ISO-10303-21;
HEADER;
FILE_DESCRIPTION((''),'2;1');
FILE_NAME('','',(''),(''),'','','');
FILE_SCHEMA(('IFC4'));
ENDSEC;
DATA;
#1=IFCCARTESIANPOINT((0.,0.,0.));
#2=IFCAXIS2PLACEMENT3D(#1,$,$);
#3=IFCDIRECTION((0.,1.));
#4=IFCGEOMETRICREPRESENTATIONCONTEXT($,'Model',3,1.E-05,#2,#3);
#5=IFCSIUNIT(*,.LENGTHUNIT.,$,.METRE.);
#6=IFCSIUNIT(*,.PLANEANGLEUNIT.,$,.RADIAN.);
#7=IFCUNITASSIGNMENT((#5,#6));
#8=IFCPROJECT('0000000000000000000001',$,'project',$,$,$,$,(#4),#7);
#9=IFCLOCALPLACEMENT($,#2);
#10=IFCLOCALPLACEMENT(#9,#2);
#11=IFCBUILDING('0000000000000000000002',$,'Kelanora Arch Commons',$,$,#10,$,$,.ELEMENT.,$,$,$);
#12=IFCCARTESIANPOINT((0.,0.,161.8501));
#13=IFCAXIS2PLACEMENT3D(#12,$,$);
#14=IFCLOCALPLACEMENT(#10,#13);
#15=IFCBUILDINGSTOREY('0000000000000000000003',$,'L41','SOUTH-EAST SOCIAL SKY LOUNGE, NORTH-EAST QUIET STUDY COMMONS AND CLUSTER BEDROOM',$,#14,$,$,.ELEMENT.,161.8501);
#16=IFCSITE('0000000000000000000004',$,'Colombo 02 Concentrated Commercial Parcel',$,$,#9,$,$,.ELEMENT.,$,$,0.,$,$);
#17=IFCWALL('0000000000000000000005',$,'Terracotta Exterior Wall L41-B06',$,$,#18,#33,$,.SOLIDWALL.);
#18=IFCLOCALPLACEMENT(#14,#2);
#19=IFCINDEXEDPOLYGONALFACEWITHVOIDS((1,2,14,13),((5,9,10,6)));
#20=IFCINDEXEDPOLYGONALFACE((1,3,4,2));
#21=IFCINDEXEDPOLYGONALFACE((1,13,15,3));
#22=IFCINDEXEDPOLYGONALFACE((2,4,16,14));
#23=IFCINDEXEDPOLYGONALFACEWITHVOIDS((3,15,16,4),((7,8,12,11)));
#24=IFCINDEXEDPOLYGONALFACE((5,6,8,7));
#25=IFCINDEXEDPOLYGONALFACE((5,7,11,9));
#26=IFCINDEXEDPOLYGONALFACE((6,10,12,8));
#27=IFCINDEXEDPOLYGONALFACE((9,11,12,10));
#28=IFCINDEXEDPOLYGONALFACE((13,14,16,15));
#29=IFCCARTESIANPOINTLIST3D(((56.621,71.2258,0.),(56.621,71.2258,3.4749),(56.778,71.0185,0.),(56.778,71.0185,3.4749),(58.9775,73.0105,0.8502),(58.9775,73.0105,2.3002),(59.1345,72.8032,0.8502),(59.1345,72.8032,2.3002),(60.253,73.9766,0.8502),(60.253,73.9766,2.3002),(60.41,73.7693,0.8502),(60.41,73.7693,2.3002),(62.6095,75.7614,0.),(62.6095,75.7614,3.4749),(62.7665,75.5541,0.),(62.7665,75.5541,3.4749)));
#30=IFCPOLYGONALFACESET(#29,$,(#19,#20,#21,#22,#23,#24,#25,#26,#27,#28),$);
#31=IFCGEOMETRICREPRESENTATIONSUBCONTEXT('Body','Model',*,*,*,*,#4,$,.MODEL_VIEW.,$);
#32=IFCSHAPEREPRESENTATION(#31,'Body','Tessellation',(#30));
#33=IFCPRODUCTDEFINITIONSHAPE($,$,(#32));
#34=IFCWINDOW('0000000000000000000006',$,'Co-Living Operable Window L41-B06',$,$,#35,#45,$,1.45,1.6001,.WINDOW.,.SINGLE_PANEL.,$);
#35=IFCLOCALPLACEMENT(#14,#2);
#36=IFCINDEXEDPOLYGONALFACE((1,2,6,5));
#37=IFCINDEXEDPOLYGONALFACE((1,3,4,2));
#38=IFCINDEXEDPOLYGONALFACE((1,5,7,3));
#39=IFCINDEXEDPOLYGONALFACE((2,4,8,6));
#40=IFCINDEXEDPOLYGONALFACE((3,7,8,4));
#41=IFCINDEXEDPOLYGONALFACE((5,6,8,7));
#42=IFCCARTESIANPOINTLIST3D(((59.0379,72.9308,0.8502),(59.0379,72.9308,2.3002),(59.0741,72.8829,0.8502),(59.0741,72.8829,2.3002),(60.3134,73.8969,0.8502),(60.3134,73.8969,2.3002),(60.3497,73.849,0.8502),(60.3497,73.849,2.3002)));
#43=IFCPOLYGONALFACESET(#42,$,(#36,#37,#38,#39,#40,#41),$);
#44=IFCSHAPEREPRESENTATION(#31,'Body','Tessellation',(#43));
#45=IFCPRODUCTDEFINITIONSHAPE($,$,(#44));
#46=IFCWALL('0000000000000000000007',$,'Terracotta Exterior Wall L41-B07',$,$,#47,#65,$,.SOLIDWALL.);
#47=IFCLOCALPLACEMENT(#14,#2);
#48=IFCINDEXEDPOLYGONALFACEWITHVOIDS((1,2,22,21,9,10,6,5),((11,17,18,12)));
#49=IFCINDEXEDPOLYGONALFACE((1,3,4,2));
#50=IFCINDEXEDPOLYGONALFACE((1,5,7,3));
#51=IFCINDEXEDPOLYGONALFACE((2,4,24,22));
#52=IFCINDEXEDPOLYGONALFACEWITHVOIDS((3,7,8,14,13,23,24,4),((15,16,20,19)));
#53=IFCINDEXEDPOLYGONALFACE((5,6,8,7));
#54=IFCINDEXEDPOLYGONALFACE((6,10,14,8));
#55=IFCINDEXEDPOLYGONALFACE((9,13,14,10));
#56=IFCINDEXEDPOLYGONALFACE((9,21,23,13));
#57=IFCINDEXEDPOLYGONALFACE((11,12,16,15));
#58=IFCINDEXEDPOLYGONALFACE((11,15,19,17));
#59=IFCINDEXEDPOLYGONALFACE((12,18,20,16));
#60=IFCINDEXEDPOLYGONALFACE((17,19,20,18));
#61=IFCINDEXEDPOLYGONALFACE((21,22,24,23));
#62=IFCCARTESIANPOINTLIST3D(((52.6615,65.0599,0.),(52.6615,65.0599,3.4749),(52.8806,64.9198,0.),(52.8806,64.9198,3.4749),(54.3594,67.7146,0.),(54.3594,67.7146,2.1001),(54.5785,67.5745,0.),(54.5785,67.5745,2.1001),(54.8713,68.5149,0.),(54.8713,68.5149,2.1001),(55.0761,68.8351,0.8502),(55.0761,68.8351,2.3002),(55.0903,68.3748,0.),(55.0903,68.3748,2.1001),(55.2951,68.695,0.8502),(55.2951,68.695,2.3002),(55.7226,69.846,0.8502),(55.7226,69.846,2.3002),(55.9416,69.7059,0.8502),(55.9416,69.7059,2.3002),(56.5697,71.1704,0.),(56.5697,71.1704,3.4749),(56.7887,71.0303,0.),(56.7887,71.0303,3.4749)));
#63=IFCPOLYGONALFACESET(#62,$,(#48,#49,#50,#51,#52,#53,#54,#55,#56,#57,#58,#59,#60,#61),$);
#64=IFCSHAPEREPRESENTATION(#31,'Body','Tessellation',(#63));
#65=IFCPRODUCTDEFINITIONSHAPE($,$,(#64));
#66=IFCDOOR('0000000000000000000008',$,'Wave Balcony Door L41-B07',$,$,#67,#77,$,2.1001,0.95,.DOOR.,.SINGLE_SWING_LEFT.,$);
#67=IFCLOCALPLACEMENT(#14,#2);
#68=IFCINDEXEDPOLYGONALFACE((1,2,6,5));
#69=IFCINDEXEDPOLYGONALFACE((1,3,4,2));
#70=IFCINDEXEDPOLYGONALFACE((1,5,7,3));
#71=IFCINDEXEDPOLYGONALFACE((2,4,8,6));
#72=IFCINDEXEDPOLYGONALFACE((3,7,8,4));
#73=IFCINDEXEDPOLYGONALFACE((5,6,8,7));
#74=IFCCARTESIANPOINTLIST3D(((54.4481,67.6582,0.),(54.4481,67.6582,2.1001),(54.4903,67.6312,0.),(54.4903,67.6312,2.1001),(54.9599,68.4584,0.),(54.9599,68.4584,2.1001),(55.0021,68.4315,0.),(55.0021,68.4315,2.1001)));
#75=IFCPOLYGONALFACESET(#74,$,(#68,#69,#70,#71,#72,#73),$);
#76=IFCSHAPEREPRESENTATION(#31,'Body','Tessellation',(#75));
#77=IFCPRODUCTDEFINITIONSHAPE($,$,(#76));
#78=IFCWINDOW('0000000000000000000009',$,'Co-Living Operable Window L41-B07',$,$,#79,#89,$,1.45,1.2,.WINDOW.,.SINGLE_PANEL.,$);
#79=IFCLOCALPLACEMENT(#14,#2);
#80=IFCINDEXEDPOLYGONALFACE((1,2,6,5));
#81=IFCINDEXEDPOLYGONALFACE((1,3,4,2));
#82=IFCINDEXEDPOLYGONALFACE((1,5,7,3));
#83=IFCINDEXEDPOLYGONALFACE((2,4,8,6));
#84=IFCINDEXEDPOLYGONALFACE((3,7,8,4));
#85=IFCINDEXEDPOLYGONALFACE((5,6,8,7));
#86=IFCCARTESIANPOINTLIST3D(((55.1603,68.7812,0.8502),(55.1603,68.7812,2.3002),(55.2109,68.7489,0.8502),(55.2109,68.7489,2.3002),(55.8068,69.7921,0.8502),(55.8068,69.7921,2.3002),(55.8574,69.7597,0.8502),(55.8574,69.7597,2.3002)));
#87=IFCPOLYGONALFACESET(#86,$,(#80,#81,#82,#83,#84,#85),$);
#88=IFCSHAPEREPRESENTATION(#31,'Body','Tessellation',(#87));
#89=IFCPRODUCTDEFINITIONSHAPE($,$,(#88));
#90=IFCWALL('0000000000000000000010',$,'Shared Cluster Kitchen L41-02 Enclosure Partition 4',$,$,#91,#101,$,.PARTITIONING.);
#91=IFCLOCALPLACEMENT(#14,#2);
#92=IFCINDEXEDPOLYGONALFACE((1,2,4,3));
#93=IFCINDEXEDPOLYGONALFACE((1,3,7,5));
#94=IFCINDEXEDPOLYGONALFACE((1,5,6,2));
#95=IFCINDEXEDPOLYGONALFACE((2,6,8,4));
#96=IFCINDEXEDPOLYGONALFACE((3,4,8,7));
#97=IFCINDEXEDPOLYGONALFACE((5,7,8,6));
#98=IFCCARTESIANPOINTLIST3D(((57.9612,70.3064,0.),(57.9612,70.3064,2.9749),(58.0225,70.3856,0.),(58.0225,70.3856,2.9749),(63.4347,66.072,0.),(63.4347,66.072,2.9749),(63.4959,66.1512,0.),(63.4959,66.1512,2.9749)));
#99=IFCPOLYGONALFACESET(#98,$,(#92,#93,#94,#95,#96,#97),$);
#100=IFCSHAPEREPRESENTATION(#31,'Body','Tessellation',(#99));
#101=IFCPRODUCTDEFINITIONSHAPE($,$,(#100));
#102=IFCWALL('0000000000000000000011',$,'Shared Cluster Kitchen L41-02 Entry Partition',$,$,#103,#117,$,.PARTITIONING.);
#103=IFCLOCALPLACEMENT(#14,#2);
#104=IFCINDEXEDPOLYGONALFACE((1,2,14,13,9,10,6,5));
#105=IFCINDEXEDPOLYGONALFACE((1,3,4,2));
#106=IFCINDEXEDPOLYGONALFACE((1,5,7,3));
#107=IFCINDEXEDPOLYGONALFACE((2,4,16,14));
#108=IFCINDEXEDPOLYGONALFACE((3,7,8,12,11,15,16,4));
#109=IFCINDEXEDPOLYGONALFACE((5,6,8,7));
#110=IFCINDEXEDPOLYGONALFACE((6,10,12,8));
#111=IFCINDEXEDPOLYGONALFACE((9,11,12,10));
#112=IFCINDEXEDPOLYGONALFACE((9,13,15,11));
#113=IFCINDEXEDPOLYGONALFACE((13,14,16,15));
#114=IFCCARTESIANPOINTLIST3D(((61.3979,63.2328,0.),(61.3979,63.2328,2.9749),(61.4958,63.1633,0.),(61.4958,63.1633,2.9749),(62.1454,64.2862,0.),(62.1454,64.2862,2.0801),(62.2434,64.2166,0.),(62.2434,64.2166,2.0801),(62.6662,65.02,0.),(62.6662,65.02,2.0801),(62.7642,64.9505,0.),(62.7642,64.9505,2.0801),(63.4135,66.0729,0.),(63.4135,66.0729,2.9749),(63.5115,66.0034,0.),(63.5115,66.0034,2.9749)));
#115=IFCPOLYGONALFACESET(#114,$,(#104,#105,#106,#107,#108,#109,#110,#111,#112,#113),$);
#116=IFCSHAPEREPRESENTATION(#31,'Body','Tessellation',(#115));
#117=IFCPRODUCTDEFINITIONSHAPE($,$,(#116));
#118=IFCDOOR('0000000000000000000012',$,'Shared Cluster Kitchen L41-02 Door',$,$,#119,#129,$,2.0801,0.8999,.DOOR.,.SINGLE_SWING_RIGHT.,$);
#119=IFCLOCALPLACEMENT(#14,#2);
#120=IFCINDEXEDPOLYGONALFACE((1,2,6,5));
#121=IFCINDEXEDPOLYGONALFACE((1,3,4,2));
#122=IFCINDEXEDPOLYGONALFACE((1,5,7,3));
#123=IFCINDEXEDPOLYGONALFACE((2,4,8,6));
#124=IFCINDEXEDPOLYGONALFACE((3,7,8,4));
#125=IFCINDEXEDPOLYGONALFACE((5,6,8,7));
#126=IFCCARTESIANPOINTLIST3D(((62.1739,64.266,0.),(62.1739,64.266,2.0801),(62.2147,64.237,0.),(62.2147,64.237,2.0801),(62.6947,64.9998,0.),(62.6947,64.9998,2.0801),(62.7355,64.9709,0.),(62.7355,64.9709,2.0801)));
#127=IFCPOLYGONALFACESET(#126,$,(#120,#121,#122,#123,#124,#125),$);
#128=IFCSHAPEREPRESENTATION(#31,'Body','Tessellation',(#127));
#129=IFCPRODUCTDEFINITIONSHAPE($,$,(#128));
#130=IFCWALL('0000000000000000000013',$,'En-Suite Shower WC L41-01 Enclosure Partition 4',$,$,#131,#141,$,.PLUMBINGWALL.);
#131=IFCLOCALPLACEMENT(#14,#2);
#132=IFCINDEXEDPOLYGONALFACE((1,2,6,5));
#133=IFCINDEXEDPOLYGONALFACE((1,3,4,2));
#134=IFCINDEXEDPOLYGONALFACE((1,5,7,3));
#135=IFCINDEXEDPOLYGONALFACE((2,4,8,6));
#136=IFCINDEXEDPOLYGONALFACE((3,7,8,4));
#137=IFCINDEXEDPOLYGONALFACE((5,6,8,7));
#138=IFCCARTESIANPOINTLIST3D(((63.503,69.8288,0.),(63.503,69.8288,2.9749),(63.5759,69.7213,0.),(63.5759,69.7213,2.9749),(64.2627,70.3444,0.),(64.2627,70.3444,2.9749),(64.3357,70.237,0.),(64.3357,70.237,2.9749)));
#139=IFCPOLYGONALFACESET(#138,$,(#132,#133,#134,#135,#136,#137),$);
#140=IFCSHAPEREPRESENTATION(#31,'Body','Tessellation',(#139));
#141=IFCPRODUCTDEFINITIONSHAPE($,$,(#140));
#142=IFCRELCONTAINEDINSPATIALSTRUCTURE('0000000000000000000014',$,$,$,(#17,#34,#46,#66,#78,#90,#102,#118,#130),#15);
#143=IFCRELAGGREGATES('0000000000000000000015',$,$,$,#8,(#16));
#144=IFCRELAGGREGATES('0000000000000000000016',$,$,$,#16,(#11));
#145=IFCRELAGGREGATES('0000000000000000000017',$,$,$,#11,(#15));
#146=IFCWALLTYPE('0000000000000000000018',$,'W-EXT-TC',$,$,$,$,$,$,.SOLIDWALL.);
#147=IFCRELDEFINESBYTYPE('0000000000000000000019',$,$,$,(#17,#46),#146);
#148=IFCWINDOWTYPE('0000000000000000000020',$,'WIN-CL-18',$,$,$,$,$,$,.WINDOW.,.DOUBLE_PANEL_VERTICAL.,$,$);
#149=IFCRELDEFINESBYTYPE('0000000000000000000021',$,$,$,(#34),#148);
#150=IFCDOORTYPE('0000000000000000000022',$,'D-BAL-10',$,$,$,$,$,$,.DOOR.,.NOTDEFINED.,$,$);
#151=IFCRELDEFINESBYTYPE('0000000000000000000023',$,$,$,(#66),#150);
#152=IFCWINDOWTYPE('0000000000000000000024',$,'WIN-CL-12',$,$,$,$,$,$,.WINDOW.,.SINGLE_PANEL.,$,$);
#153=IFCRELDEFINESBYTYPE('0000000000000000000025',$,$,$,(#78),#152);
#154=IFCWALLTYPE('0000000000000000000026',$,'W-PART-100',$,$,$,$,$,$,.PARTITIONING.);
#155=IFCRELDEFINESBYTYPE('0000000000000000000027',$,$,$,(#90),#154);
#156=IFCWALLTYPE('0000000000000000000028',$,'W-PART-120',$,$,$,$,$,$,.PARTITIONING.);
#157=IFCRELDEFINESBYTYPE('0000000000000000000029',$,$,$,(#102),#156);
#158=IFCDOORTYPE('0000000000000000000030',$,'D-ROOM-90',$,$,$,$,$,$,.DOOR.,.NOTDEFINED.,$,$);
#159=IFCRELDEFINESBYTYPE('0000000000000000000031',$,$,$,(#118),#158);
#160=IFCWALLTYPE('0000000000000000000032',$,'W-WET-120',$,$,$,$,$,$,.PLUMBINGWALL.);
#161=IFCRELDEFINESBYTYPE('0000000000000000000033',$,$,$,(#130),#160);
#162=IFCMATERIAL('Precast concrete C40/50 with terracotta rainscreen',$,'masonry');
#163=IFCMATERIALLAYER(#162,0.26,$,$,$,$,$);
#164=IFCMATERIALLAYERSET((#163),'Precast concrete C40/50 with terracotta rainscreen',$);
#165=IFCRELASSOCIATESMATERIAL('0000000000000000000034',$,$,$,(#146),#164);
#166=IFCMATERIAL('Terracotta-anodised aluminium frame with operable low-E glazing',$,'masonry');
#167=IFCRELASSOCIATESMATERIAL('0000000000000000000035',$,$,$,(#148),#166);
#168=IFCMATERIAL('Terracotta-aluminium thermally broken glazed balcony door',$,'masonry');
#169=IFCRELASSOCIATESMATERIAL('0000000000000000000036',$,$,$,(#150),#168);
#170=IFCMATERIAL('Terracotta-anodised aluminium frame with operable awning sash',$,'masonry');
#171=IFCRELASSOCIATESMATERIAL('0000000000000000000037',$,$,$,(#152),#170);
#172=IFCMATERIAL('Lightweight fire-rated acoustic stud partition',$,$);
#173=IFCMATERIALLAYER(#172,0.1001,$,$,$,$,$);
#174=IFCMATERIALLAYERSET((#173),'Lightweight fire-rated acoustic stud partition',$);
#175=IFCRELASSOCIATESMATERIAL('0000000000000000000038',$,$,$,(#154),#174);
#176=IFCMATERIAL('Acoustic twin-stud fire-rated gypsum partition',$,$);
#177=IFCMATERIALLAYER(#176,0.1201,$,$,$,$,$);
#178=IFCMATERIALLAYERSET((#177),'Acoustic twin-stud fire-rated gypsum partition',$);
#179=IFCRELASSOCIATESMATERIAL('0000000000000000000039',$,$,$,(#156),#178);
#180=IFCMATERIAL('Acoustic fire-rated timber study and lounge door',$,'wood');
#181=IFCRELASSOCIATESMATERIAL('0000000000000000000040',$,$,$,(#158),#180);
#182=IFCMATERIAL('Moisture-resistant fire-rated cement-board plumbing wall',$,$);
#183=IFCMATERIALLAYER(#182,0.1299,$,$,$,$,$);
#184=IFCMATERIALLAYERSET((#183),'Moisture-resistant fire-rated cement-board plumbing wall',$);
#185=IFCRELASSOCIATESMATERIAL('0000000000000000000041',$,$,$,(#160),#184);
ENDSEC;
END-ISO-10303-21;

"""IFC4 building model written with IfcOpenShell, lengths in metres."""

from ifc_helpers import new_model, si_unit, direction, frame, frame_2d, origin, place, context, subcontext, project, spatial, rectangle, extrude, material, layer, layer_set, type_object, element, fill, save


model = new_model("IFC4")

# Units and contexts
model_context = context("Model", 3, precision=1e-05, world=origin(), true_north=direction((0.0, 1.0)))
body_context = subcontext(model_context, "Body", "Model", "MODEL_VIEW")
ifc_project = project(units=[si_unit("LENGTHUNIT", "METRE"), si_unit("PLANEANGLEUNIT", "RADIAN")], contexts=[model_context])

# Site, building, storey
site_placement = place(None, origin())
site = spatial("IfcSite", under=ifc_project, at=site_placement, Name="Colombo 02 Concentrated Commercial Parcel", CompositionType="ELEMENT", RefElevation=0.0)
building_placement = place(site_placement, origin())
building = spatial("IfcBuilding", under=site, at=building_placement, Name="Kelanora Arch Commons", CompositionType="ELEMENT")
storey_placement = place(building_placement, frame((0.0, 0.0, 161.8501)))
storey = spatial("IfcBuildingStorey", under=building, at=storey_placement, Name="L41", Description="SOUTH-EAST SOCIAL SKY LOUNGE, NORTH-EAST QUIET STUDY COMMONS AND CLUSTER BEDROOM", CompositionType="ELEMENT", Elevation=161.8501)

# Wall, opening, window
ifc_material_1 = material(Name="Precast concrete C40/50 with terracotta rainscreen", Category="masonry")
ifc_layer_1 = layer(ifc_material_1, 0.26)
ifc_layer_set_1 = layer_set([ifc_layer_1], Name="Precast concrete C40/50 with terracotta rainscreen")
wall_type_1 = type_object("IfcWallType", Name="W-EXT-TC", PredefinedType="SOLIDWALL", material=ifc_layer_set_1)
wall_1_placement = place(storey_placement, frame((62.688, 75.6577, 0.0), z_axis=(0.0, 0.0, 1.0), x_axis=(-0.797164, -0.603763, 0.0)))
wall_1 = element("IfcWall", 1, at=wall_1_placement, inside=storey, type_object=wall_type_1, Name="Terracotta Exterior Wall L41-B06", PredefinedType="SOLIDWALL", context=body_context, shape_type="SweptSolid", body=[
    extrude(rectangle(XDim=7.5122, YDim=0.26, at=frame_2d((3.7561, 0.0))), origin(), (0.0, 0.0, 1.0), 3.4749),
])
opening_1_placement = place(wall_1_placement, frame((2.9561, 0.0, 0.8501)))
opening_1 = element("IfcOpeningElement", 2, at=opening_1_placement, cuts=wall_1, PredefinedType="OPENING", context=body_context, shape_type="SweptSolid", body=[
    extrude(rectangle(XDim=1.6001, YDim=1.45, at=frame_2d((0.8, 0.7251))), frame((0.0, 0.1401, 0.0), z_axis=(0.0, -1.0, 0.0), x_axis=(1.0, 0.0, 0.0)), (0.0, 0.0, 1.0), 0.28),
])
ifc_material_2 = material(Name="Terracotta-anodised aluminium frame with operable low-E glazing", Category="masonry")
window_type_1 = type_object("IfcWindowType", Name="WIN-CL-18", PartitioningType="DOUBLE_PANEL_VERTICAL", PredefinedType="WINDOW", material=ifc_material_2)
window_1_placement = place(opening_1_placement, origin())
window_1 = element("IfcWindow", 3, at=window_1_placement, inside=storey, type_object=window_type_1, Name="Co-Living Operable Window L41-B06", OverallHeight=1.45, OverallWidth=1.6001, PartitioningType="SINGLE_PANEL", PredefinedType="WINDOW", context=body_context, shape_type="SweptSolid", body=[
    extrude(rectangle(XDim=1.6001, YDim=1.45, at=frame_2d((0.8, 0.7251))), frame((0.0, 0.03, 0.0), z_axis=(0.0, -1.0, 0.0), x_axis=(1.0, 0.0, 0.0)), (0.0, 0.0, 1.0), 0.0601),
])
fill(opening_1, window_1)

# Wall, openings, door, window
wall_2_placement = place(storey_placement, frame((56.6792, 71.1003, 0.0), z_axis=(0.0, 0.0, 1.0), x_axis=(-0.538802, -0.842433, 0.0)))
wall_2 = element("IfcWall", 4, at=wall_2_placement, inside=storey, type_object=wall_type_1, Name="Terracotta Exterior Wall L41-B07", PredefinedType="SOLIDWALL", context=body_context, shape_type="SweptSolid", body=[
    extrude(rectangle(XDim=7.2534, YDim=0.26, at=frame_2d((3.6267, 0.0))), origin(), (0.0, 0.0, 1.0), 3.4749),
])
opening_2_placement = place(wall_2_placement, frame((3.1521, 0.0, 0.0)))
opening_2 = element("IfcOpeningElement", 5, at=opening_2_placement, cuts=wall_2, PredefinedType="OPENING", context=body_context, shape_type="SweptSolid", body=[
    extrude(rectangle(XDim=0.95, YDim=2.1001, at=frame_2d((0.4751, 1.05))), frame((0.0, 0.1401, 0.0), z_axis=(0.0, -1.0, 0.0), x_axis=(1.0, 0.0, 0.0)), (0.0, 0.0, 1.0), 0.28),
])
opening_3_placement = place(wall_2_placement, frame((1.572, 0.0, 0.8501)))
opening_3 = element("IfcOpeningElement", 6, at=opening_3_placement, cuts=wall_2, PredefinedType="OPENING", context=body_context, shape_type="SweptSolid", body=[
    extrude(rectangle(XDim=1.2, YDim=1.45, at=frame_2d((0.6001, 0.7251))), frame((0.0, 0.1401, 0.0), z_axis=(0.0, -1.0, 0.0), x_axis=(1.0, 0.0, 0.0)), (0.0, 0.0, 1.0), 0.28),
])
ifc_material_3 = material(Name="Terracotta-aluminium thermally broken glazed balcony door", Category="masonry")
door_type_1 = type_object("IfcDoorType", Name="D-BAL-10", OperationType="NOTDEFINED", PredefinedType="DOOR", material=ifc_material_3)
door_1_placement = place(opening_2_placement, frame((0.95, 0.0, 0.0), z_axis=(0.0, 0.0, 1.0), x_axis=(-1.0, 0.0, 0.0)))
door_1 = element("IfcDoor", 7, at=door_1_placement, inside=storey, type_object=door_type_1, Name="Wave Balcony Door L41-B07", OperationType="SINGLE_SWING_LEFT", OverallHeight=2.1001, OverallWidth=0.95, PredefinedType="DOOR", context=body_context, shape_type="SweptSolid", body=[
    extrude(rectangle(XDim=0.95, YDim=2.1001, at=frame_2d((0.4751, 1.05))), frame((0.0, 0.0249, 0.0), z_axis=(0.0, -1.0, 0.0), x_axis=(1.0, 0.0, 0.0)), (0.0, 0.0, 1.0), 0.05),
])
fill(opening_2, door_1)
ifc_material_4 = material(Name="Terracotta-anodised aluminium frame with operable awning sash", Category="masonry")
window_type_2 = type_object("IfcWindowType", Name="WIN-CL-12", PartitioningType="SINGLE_PANEL", PredefinedType="WINDOW", material=ifc_material_4)
window_2_placement = place(opening_3_placement, origin())
window_2 = element("IfcWindow", 8, at=window_2_placement, inside=storey, type_object=window_type_2, Name="Co-Living Operable Window L41-B07", OverallHeight=1.45, OverallWidth=1.2, PartitioningType="SINGLE_PANEL", PredefinedType="WINDOW", context=body_context, shape_type="SweptSolid", body=[
    extrude(rectangle(XDim=1.2, YDim=1.45, at=frame_2d((0.6001, 0.7251))), frame((0.0, 0.03, 0.0), z_axis=(0.0, -1.0, 0.0), x_axis=(1.0, 0.0, 0.0)), (0.0, 0.0, 1.0), 0.0601),
])
fill(opening_3, window_2)

# Wall
ifc_material_5 = material(Name="Lightweight fire-rated acoustic stud partition")
ifc_layer_2 = layer(ifc_material_5, 0.1001)
ifc_layer_set_2 = layer_set([ifc_layer_2], Name="Lightweight fire-rated acoustic stud partition")
wall_type_2 = type_object("IfcWallType", Name="W-PART-100", PredefinedType="PARTITIONING", material=ifc_layer_set_2)
wall_3_placement = place(storey_placement, frame((57.9919, 70.3459, 0.0), z_axis=(0.0, 0.0, 1.0), x_axis=(0.79094, -0.611894, 0.0)))
element("IfcWall", 9, at=wall_3_placement, inside=storey, type_object=wall_type_2, Name="Shared Cluster Kitchen L41-02 Enclosure Partition 4", PredefinedType="PARTITIONING", context=body_context, shape_type="SweptSolid", body=[
    extrude(rectangle(XDim=6.9202, YDim=0.1001, at=frame_2d((3.46, 0.0))), origin(), (0.0, 0.0, 1.0), 2.9749),
])

# Wall, opening, door
ifc_material_6 = material(Name="Acoustic twin-stud fire-rated gypsum partition")
ifc_layer_3 = layer(ifc_material_6, 0.1201)
ifc_layer_set_3 = layer_set([ifc_layer_3], Name="Acoustic twin-stud fire-rated gypsum partition")
wall_type_3 = type_object("IfcWallType", Name="W-PART-120", PredefinedType="PARTITIONING", material=ifc_layer_set_3)
wall_4_placement = place(storey_placement, frame((63.4624, 66.0381, 0.0), z_axis=(0.0, 0.0, 1.0), x_axis=(-0.578762, -0.815496, 0.0)))
wall_4 = element("IfcWall", 10, at=wall_4_placement, inside=storey, type_object=wall_type_3, Name="Shared Cluster Kitchen L41-02 Entry Partition", PredefinedType="PARTITIONING", context=body_context, shape_type="SweptSolid", body=[
    extrude(rectangle(XDim=3.4827, YDim=0.1201, at=frame_2d((1.7412, 0.0))), origin(), (0.0, 0.0, 1.0), 2.9749),
])
opening_4_placement = place(wall_4_placement, frame((1.291, 0.0, 0.0)))
opening_4 = element("IfcOpeningElement", 11, at=opening_4_placement, cuts=wall_4, PredefinedType="OPENING", context=body_context, shape_type="SweptSolid", body=[
    extrude(rectangle(XDim=0.8999, YDim=2.0801, at=frame_2d((0.45, 1.04))), frame((0.0, 0.0701, 0.0), z_axis=(0.0, -1.0, 0.0), x_axis=(1.0, 0.0, 0.0)), (0.0, 0.0, 1.0), 0.1401),
])
ifc_material_7 = material(Name="Acoustic fire-rated timber study and lounge door", Category="wood")
door_type_2 = type_object("IfcDoorType", Name="D-ROOM-90", OperationType="NOTDEFINED", PredefinedType="DOOR", material=ifc_material_7)
door_2_placement = place(opening_4_placement, origin())
door_2 = element("IfcDoor", 12, at=door_2_placement, inside=storey, type_object=door_type_2, Name="Shared Cluster Kitchen L41-02 Door", OperationType="SINGLE_SWING_RIGHT", OverallHeight=2.0801, OverallWidth=0.8999, PredefinedType="DOOR", context=body_context, shape_type="SweptSolid", body=[
    extrude(rectangle(XDim=0.8999, YDim=2.0801, at=frame_2d((0.45, 1.04))), frame((0.0, 0.0249, 0.0), z_axis=(0.0, -1.0, 0.0), x_axis=(1.0, 0.0, 0.0)), (0.0, 0.0, 1.0), 0.05),
])
fill(opening_4, door_2)

# Wall
ifc_material_8 = material(Name="Moisture-resistant fire-rated cement-board plumbing wall")
ifc_layer_4 = layer(ifc_material_8, 0.1299)
ifc_layer_set_4 = layer_set([ifc_layer_4], Name="Moisture-resistant fire-rated cement-board plumbing wall")
wall_type_4 = type_object("IfcWallType", Name="W-WET-120", PredefinedType="PLUMBINGWALL", material=ifc_layer_set_4)
wall_5_placement = place(storey_placement, frame((63.5396, 69.7751, 0.0), z_axis=(0.0, 0.0, 1.0), x_axis=(0.82744, 0.561553, 0.0)))
element("IfcWall", 13, at=wall_5_placement, inside=storey, type_object=wall_type_4, Name="En-Suite Shower WC L41-01 Enclosure Partition 4", PredefinedType="PLUMBINGWALL", context=body_context, shape_type="SweptSolid", body=[
    extrude(rectangle(XDim=0.9182, YDim=0.1299, at=frame_2d((0.459, 0.0))), origin(), (0.0, 0.0, 1.0), 2.9749),
])

save(model, "model.ifc")
